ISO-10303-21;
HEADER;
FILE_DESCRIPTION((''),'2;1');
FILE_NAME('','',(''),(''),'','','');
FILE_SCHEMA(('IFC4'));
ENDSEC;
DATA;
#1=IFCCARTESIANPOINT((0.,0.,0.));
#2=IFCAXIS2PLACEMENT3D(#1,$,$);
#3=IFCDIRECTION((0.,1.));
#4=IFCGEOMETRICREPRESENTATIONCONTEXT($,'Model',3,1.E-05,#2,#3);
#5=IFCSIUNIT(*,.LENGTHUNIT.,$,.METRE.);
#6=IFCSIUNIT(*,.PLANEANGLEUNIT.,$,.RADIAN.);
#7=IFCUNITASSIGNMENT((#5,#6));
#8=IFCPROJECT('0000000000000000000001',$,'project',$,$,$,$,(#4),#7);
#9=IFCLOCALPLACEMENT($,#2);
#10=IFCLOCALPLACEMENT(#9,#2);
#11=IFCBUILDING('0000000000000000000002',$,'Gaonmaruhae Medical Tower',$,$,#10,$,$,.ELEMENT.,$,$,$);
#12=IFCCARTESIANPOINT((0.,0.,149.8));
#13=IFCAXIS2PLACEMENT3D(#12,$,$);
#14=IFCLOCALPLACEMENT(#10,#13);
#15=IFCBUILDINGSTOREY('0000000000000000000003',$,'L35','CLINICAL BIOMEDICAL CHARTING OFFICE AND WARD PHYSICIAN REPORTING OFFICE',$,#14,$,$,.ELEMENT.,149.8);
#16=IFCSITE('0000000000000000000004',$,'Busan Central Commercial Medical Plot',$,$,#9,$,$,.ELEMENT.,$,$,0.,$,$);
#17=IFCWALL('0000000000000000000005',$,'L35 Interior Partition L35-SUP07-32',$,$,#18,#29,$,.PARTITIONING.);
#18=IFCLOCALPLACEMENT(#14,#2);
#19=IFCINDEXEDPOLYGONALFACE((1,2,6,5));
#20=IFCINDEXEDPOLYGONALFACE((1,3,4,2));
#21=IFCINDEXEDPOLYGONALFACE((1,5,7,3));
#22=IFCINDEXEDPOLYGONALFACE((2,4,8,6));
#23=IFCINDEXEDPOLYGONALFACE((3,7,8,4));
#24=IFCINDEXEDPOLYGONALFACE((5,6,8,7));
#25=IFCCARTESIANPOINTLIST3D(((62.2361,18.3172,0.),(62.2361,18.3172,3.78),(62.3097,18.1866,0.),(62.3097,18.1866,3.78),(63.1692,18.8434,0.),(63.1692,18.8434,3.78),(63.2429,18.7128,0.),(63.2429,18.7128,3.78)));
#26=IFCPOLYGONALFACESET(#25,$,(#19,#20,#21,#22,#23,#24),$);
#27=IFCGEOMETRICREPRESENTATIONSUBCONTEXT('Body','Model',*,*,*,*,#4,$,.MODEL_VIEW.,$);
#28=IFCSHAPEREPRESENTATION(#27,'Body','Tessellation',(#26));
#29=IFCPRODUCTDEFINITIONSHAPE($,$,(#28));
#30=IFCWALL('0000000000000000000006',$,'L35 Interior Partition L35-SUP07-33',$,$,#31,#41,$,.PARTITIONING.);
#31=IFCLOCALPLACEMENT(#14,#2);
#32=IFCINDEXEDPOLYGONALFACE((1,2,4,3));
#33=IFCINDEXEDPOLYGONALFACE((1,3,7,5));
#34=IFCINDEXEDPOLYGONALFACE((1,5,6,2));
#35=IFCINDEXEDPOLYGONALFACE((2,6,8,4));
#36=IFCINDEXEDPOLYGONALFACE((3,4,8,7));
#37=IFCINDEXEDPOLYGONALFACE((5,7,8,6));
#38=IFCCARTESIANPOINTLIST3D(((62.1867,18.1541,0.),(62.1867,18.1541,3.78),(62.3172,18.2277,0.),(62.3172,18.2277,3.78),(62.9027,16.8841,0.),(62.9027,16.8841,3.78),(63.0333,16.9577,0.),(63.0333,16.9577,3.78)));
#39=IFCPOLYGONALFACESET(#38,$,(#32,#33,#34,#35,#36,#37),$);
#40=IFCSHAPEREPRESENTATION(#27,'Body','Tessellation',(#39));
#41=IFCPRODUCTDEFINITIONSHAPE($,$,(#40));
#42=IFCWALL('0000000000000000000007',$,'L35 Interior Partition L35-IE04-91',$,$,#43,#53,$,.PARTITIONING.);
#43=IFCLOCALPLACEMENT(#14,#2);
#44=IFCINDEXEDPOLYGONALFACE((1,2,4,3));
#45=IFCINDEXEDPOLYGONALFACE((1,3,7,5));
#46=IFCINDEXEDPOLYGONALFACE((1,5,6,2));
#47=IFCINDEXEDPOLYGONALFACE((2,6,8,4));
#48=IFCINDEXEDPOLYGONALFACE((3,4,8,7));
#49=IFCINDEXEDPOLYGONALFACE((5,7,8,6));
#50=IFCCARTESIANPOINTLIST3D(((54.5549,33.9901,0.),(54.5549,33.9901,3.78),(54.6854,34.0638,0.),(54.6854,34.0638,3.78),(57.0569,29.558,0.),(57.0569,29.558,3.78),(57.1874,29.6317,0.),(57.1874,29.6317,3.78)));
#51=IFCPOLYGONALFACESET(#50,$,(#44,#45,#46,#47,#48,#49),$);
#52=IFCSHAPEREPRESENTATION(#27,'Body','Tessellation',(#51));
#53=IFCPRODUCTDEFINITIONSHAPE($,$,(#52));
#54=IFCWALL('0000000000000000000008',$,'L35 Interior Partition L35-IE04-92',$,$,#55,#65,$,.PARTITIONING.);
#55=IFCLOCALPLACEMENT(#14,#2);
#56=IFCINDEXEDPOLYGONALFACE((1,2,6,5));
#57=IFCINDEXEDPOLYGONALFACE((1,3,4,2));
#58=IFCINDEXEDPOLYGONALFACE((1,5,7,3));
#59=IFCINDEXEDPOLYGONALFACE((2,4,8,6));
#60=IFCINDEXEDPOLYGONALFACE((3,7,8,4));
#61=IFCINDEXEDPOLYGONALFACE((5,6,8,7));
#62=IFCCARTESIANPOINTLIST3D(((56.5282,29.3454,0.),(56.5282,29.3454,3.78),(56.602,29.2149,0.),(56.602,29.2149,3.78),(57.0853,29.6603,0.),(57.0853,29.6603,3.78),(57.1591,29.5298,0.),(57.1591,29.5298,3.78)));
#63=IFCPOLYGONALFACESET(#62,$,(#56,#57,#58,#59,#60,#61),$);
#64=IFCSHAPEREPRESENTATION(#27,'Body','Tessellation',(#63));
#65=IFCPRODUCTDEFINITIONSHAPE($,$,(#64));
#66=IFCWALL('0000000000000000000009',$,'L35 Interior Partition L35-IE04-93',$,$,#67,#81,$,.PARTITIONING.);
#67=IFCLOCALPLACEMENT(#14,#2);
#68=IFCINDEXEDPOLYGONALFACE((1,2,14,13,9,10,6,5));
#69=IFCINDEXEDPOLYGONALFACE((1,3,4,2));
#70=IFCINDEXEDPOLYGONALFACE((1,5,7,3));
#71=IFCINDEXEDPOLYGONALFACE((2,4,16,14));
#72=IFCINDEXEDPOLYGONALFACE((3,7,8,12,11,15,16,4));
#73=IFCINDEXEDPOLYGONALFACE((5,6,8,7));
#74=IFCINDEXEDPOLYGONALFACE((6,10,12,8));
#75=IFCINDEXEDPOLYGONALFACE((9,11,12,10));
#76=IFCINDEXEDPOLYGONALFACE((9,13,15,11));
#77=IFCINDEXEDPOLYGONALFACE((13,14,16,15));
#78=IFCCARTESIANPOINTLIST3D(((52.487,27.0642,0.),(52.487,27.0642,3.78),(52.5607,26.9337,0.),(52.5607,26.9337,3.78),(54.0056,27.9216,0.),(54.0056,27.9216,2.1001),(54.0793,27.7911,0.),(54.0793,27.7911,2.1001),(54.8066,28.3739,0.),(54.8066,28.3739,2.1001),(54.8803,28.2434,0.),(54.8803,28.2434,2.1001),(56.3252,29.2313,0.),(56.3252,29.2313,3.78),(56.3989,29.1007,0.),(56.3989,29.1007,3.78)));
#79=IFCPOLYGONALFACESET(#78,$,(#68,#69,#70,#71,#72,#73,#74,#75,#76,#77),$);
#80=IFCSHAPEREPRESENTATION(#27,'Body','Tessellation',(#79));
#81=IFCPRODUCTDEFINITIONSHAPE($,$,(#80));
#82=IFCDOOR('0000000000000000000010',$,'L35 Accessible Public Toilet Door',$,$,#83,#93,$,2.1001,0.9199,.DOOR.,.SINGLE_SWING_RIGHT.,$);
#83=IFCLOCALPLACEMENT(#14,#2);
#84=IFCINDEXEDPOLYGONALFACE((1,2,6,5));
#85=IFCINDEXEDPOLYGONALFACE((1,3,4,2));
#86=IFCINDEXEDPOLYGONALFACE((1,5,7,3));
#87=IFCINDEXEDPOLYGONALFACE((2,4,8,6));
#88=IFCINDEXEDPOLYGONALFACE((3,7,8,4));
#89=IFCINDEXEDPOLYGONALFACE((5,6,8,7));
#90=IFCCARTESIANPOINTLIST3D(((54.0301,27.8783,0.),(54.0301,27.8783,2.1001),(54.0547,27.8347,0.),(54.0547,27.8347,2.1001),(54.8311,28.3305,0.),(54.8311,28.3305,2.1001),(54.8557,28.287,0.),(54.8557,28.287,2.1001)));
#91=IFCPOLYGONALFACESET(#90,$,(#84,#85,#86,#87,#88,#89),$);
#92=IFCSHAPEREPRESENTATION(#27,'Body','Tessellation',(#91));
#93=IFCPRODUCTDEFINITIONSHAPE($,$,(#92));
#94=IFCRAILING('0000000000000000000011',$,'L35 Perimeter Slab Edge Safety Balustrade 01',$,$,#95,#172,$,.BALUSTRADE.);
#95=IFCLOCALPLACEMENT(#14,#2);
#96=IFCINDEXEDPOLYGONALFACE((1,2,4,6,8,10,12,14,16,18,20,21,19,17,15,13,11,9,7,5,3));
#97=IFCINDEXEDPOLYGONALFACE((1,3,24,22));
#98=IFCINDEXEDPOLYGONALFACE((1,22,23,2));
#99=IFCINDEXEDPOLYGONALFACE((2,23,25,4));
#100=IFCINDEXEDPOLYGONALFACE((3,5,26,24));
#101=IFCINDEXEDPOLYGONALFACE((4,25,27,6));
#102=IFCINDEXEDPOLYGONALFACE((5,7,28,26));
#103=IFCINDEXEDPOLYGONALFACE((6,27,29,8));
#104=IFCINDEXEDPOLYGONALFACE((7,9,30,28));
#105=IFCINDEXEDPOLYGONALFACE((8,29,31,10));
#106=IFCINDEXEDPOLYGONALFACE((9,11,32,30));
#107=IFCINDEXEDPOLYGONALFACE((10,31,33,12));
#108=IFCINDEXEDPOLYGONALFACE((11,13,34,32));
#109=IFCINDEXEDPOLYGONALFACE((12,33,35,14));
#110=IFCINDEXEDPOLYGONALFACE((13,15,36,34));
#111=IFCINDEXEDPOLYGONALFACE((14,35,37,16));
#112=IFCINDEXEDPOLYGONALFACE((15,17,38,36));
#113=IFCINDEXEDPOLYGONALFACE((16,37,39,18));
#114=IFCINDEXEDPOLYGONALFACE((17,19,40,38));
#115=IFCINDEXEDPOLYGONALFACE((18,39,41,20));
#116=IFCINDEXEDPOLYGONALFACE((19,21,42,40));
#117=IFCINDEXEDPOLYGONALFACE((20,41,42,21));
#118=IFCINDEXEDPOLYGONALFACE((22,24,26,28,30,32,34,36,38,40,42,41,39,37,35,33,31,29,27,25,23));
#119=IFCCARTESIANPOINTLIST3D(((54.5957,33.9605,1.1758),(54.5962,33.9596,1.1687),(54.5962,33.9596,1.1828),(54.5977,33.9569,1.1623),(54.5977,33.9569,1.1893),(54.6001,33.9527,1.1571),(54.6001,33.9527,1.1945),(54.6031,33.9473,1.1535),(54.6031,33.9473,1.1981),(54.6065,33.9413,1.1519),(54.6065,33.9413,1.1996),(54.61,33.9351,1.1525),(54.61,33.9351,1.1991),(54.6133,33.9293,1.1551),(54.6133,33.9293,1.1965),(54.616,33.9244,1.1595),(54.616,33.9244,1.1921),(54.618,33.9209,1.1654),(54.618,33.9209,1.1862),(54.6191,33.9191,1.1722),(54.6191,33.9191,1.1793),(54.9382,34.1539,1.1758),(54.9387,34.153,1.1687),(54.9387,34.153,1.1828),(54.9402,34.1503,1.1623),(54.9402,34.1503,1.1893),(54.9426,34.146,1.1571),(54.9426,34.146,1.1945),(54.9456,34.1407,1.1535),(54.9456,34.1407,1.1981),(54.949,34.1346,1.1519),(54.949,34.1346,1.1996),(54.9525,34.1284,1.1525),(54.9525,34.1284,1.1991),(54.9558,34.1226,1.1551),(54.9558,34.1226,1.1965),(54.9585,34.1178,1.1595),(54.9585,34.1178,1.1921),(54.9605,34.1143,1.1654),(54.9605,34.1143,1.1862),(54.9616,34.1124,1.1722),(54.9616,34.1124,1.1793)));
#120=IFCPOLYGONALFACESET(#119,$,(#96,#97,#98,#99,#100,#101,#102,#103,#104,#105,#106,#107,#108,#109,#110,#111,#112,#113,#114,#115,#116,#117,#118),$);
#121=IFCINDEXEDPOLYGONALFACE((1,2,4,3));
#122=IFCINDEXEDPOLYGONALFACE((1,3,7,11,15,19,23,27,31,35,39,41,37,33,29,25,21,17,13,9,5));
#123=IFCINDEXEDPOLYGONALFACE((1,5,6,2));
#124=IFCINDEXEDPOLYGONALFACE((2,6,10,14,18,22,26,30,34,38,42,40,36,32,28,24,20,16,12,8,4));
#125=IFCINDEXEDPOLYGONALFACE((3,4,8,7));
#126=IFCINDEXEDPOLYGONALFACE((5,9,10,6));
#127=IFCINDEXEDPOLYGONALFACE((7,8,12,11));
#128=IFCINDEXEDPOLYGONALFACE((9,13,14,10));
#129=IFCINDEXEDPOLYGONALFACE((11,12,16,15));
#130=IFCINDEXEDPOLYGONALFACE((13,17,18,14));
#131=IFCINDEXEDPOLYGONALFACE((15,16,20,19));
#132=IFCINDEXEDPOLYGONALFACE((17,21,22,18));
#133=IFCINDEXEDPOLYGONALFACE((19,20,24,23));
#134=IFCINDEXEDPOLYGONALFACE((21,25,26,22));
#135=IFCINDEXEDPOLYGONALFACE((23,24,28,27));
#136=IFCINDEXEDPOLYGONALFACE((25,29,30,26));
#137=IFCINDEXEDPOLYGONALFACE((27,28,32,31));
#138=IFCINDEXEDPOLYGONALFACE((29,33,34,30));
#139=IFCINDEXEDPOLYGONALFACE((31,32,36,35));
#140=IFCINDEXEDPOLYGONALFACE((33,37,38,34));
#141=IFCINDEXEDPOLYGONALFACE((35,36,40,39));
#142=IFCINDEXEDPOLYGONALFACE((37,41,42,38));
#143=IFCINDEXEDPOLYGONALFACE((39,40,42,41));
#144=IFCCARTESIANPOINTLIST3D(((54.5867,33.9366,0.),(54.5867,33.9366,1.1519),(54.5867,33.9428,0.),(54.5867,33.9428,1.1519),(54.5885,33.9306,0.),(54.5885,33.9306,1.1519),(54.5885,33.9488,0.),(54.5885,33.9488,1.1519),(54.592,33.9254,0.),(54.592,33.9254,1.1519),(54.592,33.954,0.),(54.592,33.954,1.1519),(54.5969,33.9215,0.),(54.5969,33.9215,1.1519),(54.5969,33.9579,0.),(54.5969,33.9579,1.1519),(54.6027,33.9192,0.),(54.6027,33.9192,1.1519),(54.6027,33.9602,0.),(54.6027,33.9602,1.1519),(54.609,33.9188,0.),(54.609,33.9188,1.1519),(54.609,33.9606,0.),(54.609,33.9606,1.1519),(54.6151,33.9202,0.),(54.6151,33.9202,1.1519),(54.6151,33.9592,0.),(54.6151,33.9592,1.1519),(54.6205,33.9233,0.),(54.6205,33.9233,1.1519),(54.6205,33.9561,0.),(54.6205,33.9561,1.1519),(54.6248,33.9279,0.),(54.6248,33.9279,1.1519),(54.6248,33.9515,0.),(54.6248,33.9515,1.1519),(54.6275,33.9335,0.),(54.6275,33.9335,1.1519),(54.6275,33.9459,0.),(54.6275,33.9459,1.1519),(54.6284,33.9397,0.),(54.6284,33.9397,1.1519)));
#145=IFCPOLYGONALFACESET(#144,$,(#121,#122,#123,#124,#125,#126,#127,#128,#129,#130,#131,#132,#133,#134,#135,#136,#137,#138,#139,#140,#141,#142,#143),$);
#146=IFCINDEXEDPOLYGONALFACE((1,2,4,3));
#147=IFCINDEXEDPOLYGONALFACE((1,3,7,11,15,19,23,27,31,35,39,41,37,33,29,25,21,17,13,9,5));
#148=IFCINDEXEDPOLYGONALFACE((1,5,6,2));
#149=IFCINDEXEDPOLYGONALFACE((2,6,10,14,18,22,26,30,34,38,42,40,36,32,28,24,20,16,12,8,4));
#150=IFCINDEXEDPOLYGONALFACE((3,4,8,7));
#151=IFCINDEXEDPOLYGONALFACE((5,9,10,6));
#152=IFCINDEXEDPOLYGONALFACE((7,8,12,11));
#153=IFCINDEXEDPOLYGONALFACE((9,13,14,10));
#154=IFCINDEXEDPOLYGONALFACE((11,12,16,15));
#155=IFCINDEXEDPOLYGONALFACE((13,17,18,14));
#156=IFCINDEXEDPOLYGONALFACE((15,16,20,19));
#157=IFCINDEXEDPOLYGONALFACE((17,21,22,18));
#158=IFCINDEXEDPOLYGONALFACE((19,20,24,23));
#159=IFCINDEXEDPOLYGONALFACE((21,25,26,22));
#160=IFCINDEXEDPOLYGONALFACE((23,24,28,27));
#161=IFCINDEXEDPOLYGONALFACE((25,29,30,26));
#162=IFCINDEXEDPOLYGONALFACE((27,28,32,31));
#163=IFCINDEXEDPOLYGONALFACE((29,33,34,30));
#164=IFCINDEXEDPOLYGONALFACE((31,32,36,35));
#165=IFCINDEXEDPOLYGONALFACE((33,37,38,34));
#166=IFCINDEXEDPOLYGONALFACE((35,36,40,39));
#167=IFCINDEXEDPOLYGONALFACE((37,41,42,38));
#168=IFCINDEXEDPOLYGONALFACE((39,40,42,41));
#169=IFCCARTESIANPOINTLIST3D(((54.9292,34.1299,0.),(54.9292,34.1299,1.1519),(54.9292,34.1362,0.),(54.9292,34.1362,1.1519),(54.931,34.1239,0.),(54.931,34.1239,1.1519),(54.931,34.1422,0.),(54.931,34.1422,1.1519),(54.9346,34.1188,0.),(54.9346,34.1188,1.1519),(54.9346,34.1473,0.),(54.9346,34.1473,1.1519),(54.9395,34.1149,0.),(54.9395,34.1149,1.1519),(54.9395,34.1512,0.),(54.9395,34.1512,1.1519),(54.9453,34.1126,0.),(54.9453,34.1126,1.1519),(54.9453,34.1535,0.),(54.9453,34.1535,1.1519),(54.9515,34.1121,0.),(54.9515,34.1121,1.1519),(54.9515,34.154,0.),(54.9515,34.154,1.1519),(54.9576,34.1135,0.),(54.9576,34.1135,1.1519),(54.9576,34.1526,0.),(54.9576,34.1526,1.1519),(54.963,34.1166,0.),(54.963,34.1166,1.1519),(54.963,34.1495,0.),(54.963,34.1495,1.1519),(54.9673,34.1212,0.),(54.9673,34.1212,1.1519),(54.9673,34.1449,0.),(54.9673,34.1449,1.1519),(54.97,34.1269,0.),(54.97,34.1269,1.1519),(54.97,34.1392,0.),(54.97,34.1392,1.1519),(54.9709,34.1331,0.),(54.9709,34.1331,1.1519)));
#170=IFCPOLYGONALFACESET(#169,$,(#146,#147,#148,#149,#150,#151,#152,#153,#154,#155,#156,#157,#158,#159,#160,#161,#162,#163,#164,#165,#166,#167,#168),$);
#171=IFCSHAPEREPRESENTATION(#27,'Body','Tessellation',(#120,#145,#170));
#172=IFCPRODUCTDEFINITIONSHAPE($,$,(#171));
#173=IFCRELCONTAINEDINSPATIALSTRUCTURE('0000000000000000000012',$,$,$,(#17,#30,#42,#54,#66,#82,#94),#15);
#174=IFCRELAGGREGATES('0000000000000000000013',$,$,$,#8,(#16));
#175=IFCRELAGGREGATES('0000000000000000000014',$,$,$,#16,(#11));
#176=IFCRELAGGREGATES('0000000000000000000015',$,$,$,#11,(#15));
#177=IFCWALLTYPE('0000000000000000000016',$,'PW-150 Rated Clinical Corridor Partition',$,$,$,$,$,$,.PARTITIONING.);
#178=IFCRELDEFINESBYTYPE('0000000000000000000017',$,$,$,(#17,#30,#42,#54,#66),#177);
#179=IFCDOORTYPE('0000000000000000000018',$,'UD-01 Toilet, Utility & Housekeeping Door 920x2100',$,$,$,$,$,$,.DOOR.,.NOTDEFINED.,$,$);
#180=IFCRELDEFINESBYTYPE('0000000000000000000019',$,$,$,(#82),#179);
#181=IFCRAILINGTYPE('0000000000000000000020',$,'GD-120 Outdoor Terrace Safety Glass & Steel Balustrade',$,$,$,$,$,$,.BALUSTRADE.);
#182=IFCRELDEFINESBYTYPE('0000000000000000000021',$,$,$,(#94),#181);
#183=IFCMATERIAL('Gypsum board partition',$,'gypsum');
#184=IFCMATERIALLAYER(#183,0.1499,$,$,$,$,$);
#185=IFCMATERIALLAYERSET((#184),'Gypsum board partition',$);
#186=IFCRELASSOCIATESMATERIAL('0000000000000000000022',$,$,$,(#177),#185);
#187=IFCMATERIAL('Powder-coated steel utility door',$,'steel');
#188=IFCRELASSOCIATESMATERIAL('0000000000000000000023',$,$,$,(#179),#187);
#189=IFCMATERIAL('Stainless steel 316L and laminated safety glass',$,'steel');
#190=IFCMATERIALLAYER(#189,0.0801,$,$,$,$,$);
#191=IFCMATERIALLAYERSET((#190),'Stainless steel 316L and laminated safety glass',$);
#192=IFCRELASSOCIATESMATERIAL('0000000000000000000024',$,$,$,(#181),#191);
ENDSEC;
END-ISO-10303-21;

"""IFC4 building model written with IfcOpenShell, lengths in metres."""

from ifc_helpers import new_model, si_unit, direction, frame, frame_2d, origin, origin_2d, place, context, subcontext, project, spatial, rectangle, circle, extrude, material, layer, layer_set, type_object, element, fill, save


model = new_model("IFC4")

# Units and contexts
model_context = context("Model", 3, precision=1e-05, world=origin(), true_north=direction((0.0, 1.0)))
body_context = subcontext(model_context, "Body", "Model", "MODEL_VIEW")
ifc_project = project(units=[si_unit("LENGTHUNIT", "METRE"), si_unit("PLANEANGLEUNIT", "RADIAN")], contexts=[model_context])

# Site, building, storey
site_placement = place(None, origin())
site = spatial("IfcSite", under=ifc_project, at=site_placement, Name="Busan Central Commercial Medical Plot", CompositionType="ELEMENT", RefElevation=0.0)
building_placement = place(site_placement, origin())
building = spatial("IfcBuilding", under=site, at=building_placement, Name="Gaonmaruhae Medical Tower", CompositionType="ELEMENT")
storey_placement = place(building_placement, frame((0.0, 0.0, 149.8)))
storey = spatial("IfcBuildingStorey", under=building, at=storey_placement, Name="L35", Description="CLINICAL BIOMEDICAL CHARTING OFFICE AND WARD PHYSICIAN REPORTING OFFICE", CompositionType="ELEMENT", Elevation=149.8)

# Walls
ifc_material_1 = material(Name="Gypsum board partition", Category="gypsum")
ifc_layer_1 = layer(ifc_material_1, 0.1499)
ifc_layer_set_1 = layer_set([ifc_layer_1], Name="Gypsum board partition")
wall_type_1 = type_object("IfcWallType", Name="PW-150 Rated Clinical Corridor Partition", PredefinedType="PARTITIONING", material=ifc_layer_set_1)
wall_1_placement = place(storey_placement, frame((63.2061, 18.7781, 0.0), z_axis=(0.0, 0.0, 1.0), x_axis=(-0.871076, -0.491148, 0.0)))
element("IfcWall", 1, at=wall_1_placement, inside=storey, type_object=wall_type_1, Name="L35 Interior Partition L35-SUP07-32", PredefinedType="PARTITIONING", context=body_context, shape_type="SweptSolid", body=[
    extrude(rectangle(XDim=1.0713, YDim=0.1499, at=frame_2d((0.5356, 0.0))), origin(), (0.0, 0.0, 1.0), 3.78),
])
wall_2_placement = place(storey_placement, frame((62.252, 18.1909, 0.0), z_axis=(0.0, 0.0, 1.0), x_axis=(0.491136, -0.871083, 0.0)))
element("IfcWall", 2, at=wall_2_placement, inside=storey, type_object=wall_type_1, Name="L35 Interior Partition L35-SUP07-33", PredefinedType="PARTITIONING", context=body_context, shape_type="SweptSolid", body=[
    extrude(rectangle(XDim=1.458, YDim=0.1499, at=frame_2d((0.729, 0.0))), origin(), (0.0, 0.0, 1.0), 3.78),
])
wall_3_placement = place(storey_placement, frame((54.6201, 34.0271, 0.0), z_axis=(0.0, 0.0, 1.0), x_axis=(0.491586, -0.870829, 0.0)))
element("IfcWall", 3, at=wall_3_placement, inside=storey, type_object=wall_type_1, Name="L35 Interior Partition L35-IE04-91", PredefinedType="PARTITIONING", context=body_context, shape_type="SweptSolid", body=[
    extrude(rectangle(XDim=5.0896, YDim=0.1499, at=frame_2d((2.5449, 0.0))), origin(), (0.0, 0.0, 1.0), 3.78),
])
wall_4_placement = place(storey_placement, frame((57.1221, 29.595, 0.0), z_axis=(0.0, 0.0, 1.0), x_axis=(-0.870534, -0.492108, 0.0)))
element("IfcWall", 4, at=wall_4_placement, inside=storey, type_object=wall_type_1, Name="L35 Interior Partition L35-IE04-92", PredefinedType="PARTITIONING", context=body_context, shape_type="SweptSolid", body=[
    extrude(rectangle(XDim=0.6399, YDim=0.1499, at=frame_2d((0.3198, 0.0))), origin(), (0.0, 0.0, 1.0), 3.78),
])

# Wall, opening, door
wall_5_placement = place(storey_placement, frame((56.3621, 29.166, 0.0), z_axis=(0.0, 0.0, 1.0), x_axis=(-0.870795, -0.491647, 0.0)))
wall_5 = element("IfcWall", 5, at=wall_5_placement, inside=storey, type_object=wall_type_1, Name="L35 Interior Partition L35-IE04-93", PredefinedType="PARTITIONING", context=body_context, shape_type="SweptSolid", body=[
    extrude(rectangle(XDim=4.4077, YDim=0.1499, at=frame_2d((2.2039, 0.0))), origin(), (0.0, 0.0, 1.0), 3.78),
])
opening_placement = place(wall_5_placement, frame((1.7439, 0.0, 0.0)))
opening = element("IfcOpeningElement", 6, at=opening_placement, cuts=wall_5, PredefinedType="OPENING", context=body_context, shape_type="SweptSolid", body=[
    extrude(rectangle(XDim=0.9199, YDim=2.1001, at=frame_2d((0.46, 1.05))), frame((0.0, 0.085, 0.0), z_axis=(0.0, -1.0, 0.0), x_axis=(1.0, 0.0, 0.0)), (0.0, 0.0, 1.0), 0.1699),
])
ifc_material_2 = material(Name="Powder-coated steel utility door", Category="steel")
door_type = type_object("IfcDoorType", Name="UD-01 Toilet, Utility & Housekeeping Door 920x2100", OperationType="NOTDEFINED", PredefinedType="DOOR", material=ifc_material_2)
door_placement = place(opening_placement, origin())
door = element("IfcDoor", 7, at=door_placement, inside=storey, type_object=door_type, Name="L35 Accessible Public Toilet Door", OperationType="SINGLE_SWING_RIGHT", OverallHeight=2.1001, OverallWidth=0.9199, PredefinedType="DOOR", context=body_context, shape_type="SweptSolid", body=[
    extrude(rectangle(XDim=0.9199, YDim=2.1001, at=frame_2d((0.46, 1.05))), frame((0.0, 0.0249, 0.0), z_axis=(0.0, -1.0, 0.0), x_axis=(1.0, 0.0, 0.0)), (0.0, 0.0, 1.0), 0.05),
])
fill(opening, door)

# Railing
ifc_material_3 = material(Name="Stainless steel 316L and laminated safety glass", Category="steel")
ifc_layer_2 = layer(ifc_material_3, 0.0801)
ifc_layer_set_2 = layer_set([ifc_layer_2], Name="Stainless steel 316L and laminated safety glass")
railing_type = type_object("IfcRailingType", Name="GD-120 Outdoor Terrace Safety Glass & Steel Balustrade", PredefinedType="BALUSTRADE", material=ifc_layer_set_2)
railing_1_placement = place(storey_placement, frame((54.6074, 33.9397, 0.0)))
element("IfcRailing", 8, at=railing_1_placement, inside=storey, type_object=railing_type, Name="L35 Perimeter Slab Edge Safety Balustrade 01", PredefinedType="BALUSTRADE", context=body_context, shape_type="SweptSolid", body=[
    extrude(circle(Radius=0.0239, at=origin_2d()), frame((0.0, 0.0, 1.1758), z_axis=(0.870829, 0.491587, 0.0), x_axis=(-0.491587, 0.870829, 0.0)), (0.0, 0.0, 1.0), 0.3933),
    extrude(circle(Radius=0.021, at=origin_2d()), origin(), (0.0, 0.0, 1.0), 1.1519),
    extrude(circle(Radius=0.021, at=origin_2d()), frame((0.3425, 0.1934, 0.0)), (0.0, 0.0, 1.0), 1.1519),
])

save(model, "model.ifc")
